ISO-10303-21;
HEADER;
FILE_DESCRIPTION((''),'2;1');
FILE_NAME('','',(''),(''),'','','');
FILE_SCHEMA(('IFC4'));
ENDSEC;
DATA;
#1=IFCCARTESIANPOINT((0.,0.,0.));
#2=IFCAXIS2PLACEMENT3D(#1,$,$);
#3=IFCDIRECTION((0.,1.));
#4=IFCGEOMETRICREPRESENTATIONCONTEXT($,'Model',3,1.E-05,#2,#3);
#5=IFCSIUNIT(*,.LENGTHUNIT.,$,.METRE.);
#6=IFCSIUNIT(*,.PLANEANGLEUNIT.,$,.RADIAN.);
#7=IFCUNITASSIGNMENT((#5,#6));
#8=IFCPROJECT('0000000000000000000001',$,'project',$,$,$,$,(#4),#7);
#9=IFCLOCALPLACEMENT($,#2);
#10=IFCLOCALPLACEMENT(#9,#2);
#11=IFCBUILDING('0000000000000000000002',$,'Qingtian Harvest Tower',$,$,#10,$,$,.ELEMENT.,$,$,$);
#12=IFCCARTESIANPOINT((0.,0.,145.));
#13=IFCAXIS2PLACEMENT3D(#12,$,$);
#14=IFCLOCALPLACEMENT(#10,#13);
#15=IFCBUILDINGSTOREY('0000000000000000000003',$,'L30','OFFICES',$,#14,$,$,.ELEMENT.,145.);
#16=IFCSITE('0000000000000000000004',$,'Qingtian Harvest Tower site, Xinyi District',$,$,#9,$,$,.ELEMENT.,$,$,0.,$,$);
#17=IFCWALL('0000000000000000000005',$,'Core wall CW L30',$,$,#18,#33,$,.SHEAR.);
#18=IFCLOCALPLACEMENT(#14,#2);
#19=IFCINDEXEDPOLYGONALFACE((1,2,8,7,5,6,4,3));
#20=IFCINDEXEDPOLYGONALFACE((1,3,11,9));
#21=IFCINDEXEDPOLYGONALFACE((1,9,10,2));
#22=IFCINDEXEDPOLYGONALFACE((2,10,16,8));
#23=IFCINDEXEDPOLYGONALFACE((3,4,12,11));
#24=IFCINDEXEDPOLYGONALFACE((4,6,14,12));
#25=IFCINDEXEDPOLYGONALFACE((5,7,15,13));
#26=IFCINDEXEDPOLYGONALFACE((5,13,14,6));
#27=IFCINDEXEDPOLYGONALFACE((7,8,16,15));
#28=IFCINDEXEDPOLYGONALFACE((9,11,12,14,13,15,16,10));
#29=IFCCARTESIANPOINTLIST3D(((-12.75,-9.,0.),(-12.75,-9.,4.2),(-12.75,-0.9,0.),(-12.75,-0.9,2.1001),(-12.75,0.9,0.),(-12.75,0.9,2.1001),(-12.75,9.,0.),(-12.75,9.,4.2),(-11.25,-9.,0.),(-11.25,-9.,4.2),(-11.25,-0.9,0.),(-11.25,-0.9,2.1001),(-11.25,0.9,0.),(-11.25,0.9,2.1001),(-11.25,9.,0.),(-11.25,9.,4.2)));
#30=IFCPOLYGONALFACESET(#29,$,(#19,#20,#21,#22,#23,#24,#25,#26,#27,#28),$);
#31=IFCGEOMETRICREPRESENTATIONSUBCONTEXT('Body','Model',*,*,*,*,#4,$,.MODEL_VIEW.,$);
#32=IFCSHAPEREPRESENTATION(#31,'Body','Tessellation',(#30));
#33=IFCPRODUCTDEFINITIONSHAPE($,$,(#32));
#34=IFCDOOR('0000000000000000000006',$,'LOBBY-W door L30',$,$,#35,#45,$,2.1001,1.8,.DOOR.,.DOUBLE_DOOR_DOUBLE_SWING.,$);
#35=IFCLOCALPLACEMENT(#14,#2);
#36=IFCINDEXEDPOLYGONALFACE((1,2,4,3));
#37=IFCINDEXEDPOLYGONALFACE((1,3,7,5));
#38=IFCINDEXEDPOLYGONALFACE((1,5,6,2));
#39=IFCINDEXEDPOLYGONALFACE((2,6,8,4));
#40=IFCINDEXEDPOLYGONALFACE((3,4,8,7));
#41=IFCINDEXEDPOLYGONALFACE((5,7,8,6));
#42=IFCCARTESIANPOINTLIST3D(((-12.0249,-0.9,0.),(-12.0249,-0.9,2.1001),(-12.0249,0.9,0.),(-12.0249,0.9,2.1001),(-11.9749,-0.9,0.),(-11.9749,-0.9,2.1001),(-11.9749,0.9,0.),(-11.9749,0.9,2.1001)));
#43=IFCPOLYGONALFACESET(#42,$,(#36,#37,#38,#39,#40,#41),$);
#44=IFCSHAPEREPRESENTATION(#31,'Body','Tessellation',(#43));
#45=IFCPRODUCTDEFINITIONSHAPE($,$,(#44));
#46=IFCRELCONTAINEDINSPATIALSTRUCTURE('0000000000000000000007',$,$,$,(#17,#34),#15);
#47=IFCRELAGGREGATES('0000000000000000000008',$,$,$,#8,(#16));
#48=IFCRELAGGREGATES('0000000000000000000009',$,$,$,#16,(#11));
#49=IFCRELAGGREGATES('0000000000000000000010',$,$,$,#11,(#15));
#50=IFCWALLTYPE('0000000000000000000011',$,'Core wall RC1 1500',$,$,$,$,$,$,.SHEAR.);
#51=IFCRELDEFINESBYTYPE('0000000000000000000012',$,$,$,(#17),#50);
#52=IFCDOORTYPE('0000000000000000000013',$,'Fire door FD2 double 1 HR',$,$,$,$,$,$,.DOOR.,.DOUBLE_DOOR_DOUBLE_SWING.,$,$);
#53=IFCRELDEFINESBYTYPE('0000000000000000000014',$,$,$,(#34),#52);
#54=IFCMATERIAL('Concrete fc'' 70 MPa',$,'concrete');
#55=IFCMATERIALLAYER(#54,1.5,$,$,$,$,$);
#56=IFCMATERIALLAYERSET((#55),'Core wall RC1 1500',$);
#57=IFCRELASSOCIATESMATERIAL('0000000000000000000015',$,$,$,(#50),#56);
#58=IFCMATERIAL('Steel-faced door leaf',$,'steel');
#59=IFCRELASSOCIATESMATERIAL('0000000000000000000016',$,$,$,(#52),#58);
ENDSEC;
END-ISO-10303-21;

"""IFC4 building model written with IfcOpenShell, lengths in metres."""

from ifc_helpers import new_model, si_unit, direction, frame, frame_2d, origin, place, context, subcontext, project, spatial, rectangle, extrude, material, layer, layer_set, type_object, element, fill, save


model = new_model("IFC4")

# Units and contexts
model_context = context("Model", 3, precision=1e-05, world=origin(), true_north=direction((0.0, 1.0)))
body_context = subcontext(model_context, "Body", "Model", "MODEL_VIEW")
ifc_project = project(units=[si_unit("LENGTHUNIT", "METRE"), si_unit("PLANEANGLEUNIT", "RADIAN")], contexts=[model_context])

# Site, building, storey
site_placement = place(None, origin())
site = spatial("IfcSite", under=ifc_project, at=site_placement, Name="Qingtian Harvest Tower site, Xinyi District", CompositionType="ELEMENT", RefElevation=0.0)
building_placement = place(site_placement, origin())
building = spatial("IfcBuilding", under=site, at=building_placement, Name="Qingtian Harvest Tower", CompositionType="ELEMENT")
storey_placement = place(building_placement, frame((0.0, 0.0, 145.0)))
storey = spatial("IfcBuildingStorey", under=building, at=storey_placement, Name="L30", Description="OFFICES", CompositionType="ELEMENT", Elevation=145.0)

# Shared definitions
ifc_material_1 = material(Name="Concrete fc' 70 MPa", Category="concrete")
ifc_layer_1 = layer(ifc_material_1, 1.5)
ifc_layer_set_1 = layer_set([ifc_layer_1], Name="Core wall RC1 1500")
wall_type_1 = type_object("IfcWallType", Name="Core wall RC1 1500", PredefinedType="SHEAR", material=ifc_layer_set_1)

# Wall, opening, door
wall_1_placement = place(storey_placement, frame((-12.0, -9.0, 0.0), z_axis=(0.0, 0.0, 1.0), x_axis=(0.0, 1.0, 0.0)))
wall_1 = element("IfcWall", 1, at=wall_1_placement, inside=storey, type_object=wall_type_1, Name="Core wall CW L30", PredefinedType="SHEAR", context=body_context, shape_type="SweptSolid", body=[
    extrude(rectangle(XDim=18.0, YDim=1.5, at=frame_2d((9.0, 0.0))), origin(), (0.0, 0.0, 1.0), 4.2),
])
opening_1_placement = place(wall_1_placement, frame((8.1001, 0.0, 0.0)))
opening_1 = element("IfcOpeningElement", 2, at=opening_1_placement, cuts=wall_1, PredefinedType="OPENING", context=body_context, shape_type="SweptSolid", body=[
    extrude(rectangle(XDim=1.8, YDim=2.1001, at=frame_2d((0.8999, 1.05))), frame((0.0, 0.76, 0.0), z_axis=(0.0, -1.0, 0.0), x_axis=(1.0, 0.0, 0.0)), (0.0, 0.0, 1.0), 1.52),
])
ifc_material_2 = material(Name="Steel-faced door leaf", Category="steel")
door_type_1 = type_object("IfcDoorType", Name="Fire door FD2 double 1 HR", OperationType="DOUBLE_DOOR_DOUBLE_SWING", PredefinedType="DOOR", material=ifc_material_2)
door_1_placement = place(opening_1_placement, origin())
door_1 = element("IfcDoor", 3, at=door_1_placement, inside=storey, type_object=door_type_1, Name="LOBBY-W door L30", OperationType="DOUBLE_DOOR_DOUBLE_SWING", OverallHeight=2.1001, OverallWidth=1.8, PredefinedType="DOOR", context=body_context, shape_type="SweptSolid", body=[
    extrude(rectangle(XDim=1.8, YDim=2.1001, at=frame_2d((0.8999, 1.05))), frame((0.0, 0.0249, 0.0), z_axis=(0.0, -1.0, 0.0), x_axis=(1.0, 0.0, 0.0)), (0.0, 0.0, 1.0), 0.05),
])
fill(opening_1, door_1)

save(model, "model.ifc")
